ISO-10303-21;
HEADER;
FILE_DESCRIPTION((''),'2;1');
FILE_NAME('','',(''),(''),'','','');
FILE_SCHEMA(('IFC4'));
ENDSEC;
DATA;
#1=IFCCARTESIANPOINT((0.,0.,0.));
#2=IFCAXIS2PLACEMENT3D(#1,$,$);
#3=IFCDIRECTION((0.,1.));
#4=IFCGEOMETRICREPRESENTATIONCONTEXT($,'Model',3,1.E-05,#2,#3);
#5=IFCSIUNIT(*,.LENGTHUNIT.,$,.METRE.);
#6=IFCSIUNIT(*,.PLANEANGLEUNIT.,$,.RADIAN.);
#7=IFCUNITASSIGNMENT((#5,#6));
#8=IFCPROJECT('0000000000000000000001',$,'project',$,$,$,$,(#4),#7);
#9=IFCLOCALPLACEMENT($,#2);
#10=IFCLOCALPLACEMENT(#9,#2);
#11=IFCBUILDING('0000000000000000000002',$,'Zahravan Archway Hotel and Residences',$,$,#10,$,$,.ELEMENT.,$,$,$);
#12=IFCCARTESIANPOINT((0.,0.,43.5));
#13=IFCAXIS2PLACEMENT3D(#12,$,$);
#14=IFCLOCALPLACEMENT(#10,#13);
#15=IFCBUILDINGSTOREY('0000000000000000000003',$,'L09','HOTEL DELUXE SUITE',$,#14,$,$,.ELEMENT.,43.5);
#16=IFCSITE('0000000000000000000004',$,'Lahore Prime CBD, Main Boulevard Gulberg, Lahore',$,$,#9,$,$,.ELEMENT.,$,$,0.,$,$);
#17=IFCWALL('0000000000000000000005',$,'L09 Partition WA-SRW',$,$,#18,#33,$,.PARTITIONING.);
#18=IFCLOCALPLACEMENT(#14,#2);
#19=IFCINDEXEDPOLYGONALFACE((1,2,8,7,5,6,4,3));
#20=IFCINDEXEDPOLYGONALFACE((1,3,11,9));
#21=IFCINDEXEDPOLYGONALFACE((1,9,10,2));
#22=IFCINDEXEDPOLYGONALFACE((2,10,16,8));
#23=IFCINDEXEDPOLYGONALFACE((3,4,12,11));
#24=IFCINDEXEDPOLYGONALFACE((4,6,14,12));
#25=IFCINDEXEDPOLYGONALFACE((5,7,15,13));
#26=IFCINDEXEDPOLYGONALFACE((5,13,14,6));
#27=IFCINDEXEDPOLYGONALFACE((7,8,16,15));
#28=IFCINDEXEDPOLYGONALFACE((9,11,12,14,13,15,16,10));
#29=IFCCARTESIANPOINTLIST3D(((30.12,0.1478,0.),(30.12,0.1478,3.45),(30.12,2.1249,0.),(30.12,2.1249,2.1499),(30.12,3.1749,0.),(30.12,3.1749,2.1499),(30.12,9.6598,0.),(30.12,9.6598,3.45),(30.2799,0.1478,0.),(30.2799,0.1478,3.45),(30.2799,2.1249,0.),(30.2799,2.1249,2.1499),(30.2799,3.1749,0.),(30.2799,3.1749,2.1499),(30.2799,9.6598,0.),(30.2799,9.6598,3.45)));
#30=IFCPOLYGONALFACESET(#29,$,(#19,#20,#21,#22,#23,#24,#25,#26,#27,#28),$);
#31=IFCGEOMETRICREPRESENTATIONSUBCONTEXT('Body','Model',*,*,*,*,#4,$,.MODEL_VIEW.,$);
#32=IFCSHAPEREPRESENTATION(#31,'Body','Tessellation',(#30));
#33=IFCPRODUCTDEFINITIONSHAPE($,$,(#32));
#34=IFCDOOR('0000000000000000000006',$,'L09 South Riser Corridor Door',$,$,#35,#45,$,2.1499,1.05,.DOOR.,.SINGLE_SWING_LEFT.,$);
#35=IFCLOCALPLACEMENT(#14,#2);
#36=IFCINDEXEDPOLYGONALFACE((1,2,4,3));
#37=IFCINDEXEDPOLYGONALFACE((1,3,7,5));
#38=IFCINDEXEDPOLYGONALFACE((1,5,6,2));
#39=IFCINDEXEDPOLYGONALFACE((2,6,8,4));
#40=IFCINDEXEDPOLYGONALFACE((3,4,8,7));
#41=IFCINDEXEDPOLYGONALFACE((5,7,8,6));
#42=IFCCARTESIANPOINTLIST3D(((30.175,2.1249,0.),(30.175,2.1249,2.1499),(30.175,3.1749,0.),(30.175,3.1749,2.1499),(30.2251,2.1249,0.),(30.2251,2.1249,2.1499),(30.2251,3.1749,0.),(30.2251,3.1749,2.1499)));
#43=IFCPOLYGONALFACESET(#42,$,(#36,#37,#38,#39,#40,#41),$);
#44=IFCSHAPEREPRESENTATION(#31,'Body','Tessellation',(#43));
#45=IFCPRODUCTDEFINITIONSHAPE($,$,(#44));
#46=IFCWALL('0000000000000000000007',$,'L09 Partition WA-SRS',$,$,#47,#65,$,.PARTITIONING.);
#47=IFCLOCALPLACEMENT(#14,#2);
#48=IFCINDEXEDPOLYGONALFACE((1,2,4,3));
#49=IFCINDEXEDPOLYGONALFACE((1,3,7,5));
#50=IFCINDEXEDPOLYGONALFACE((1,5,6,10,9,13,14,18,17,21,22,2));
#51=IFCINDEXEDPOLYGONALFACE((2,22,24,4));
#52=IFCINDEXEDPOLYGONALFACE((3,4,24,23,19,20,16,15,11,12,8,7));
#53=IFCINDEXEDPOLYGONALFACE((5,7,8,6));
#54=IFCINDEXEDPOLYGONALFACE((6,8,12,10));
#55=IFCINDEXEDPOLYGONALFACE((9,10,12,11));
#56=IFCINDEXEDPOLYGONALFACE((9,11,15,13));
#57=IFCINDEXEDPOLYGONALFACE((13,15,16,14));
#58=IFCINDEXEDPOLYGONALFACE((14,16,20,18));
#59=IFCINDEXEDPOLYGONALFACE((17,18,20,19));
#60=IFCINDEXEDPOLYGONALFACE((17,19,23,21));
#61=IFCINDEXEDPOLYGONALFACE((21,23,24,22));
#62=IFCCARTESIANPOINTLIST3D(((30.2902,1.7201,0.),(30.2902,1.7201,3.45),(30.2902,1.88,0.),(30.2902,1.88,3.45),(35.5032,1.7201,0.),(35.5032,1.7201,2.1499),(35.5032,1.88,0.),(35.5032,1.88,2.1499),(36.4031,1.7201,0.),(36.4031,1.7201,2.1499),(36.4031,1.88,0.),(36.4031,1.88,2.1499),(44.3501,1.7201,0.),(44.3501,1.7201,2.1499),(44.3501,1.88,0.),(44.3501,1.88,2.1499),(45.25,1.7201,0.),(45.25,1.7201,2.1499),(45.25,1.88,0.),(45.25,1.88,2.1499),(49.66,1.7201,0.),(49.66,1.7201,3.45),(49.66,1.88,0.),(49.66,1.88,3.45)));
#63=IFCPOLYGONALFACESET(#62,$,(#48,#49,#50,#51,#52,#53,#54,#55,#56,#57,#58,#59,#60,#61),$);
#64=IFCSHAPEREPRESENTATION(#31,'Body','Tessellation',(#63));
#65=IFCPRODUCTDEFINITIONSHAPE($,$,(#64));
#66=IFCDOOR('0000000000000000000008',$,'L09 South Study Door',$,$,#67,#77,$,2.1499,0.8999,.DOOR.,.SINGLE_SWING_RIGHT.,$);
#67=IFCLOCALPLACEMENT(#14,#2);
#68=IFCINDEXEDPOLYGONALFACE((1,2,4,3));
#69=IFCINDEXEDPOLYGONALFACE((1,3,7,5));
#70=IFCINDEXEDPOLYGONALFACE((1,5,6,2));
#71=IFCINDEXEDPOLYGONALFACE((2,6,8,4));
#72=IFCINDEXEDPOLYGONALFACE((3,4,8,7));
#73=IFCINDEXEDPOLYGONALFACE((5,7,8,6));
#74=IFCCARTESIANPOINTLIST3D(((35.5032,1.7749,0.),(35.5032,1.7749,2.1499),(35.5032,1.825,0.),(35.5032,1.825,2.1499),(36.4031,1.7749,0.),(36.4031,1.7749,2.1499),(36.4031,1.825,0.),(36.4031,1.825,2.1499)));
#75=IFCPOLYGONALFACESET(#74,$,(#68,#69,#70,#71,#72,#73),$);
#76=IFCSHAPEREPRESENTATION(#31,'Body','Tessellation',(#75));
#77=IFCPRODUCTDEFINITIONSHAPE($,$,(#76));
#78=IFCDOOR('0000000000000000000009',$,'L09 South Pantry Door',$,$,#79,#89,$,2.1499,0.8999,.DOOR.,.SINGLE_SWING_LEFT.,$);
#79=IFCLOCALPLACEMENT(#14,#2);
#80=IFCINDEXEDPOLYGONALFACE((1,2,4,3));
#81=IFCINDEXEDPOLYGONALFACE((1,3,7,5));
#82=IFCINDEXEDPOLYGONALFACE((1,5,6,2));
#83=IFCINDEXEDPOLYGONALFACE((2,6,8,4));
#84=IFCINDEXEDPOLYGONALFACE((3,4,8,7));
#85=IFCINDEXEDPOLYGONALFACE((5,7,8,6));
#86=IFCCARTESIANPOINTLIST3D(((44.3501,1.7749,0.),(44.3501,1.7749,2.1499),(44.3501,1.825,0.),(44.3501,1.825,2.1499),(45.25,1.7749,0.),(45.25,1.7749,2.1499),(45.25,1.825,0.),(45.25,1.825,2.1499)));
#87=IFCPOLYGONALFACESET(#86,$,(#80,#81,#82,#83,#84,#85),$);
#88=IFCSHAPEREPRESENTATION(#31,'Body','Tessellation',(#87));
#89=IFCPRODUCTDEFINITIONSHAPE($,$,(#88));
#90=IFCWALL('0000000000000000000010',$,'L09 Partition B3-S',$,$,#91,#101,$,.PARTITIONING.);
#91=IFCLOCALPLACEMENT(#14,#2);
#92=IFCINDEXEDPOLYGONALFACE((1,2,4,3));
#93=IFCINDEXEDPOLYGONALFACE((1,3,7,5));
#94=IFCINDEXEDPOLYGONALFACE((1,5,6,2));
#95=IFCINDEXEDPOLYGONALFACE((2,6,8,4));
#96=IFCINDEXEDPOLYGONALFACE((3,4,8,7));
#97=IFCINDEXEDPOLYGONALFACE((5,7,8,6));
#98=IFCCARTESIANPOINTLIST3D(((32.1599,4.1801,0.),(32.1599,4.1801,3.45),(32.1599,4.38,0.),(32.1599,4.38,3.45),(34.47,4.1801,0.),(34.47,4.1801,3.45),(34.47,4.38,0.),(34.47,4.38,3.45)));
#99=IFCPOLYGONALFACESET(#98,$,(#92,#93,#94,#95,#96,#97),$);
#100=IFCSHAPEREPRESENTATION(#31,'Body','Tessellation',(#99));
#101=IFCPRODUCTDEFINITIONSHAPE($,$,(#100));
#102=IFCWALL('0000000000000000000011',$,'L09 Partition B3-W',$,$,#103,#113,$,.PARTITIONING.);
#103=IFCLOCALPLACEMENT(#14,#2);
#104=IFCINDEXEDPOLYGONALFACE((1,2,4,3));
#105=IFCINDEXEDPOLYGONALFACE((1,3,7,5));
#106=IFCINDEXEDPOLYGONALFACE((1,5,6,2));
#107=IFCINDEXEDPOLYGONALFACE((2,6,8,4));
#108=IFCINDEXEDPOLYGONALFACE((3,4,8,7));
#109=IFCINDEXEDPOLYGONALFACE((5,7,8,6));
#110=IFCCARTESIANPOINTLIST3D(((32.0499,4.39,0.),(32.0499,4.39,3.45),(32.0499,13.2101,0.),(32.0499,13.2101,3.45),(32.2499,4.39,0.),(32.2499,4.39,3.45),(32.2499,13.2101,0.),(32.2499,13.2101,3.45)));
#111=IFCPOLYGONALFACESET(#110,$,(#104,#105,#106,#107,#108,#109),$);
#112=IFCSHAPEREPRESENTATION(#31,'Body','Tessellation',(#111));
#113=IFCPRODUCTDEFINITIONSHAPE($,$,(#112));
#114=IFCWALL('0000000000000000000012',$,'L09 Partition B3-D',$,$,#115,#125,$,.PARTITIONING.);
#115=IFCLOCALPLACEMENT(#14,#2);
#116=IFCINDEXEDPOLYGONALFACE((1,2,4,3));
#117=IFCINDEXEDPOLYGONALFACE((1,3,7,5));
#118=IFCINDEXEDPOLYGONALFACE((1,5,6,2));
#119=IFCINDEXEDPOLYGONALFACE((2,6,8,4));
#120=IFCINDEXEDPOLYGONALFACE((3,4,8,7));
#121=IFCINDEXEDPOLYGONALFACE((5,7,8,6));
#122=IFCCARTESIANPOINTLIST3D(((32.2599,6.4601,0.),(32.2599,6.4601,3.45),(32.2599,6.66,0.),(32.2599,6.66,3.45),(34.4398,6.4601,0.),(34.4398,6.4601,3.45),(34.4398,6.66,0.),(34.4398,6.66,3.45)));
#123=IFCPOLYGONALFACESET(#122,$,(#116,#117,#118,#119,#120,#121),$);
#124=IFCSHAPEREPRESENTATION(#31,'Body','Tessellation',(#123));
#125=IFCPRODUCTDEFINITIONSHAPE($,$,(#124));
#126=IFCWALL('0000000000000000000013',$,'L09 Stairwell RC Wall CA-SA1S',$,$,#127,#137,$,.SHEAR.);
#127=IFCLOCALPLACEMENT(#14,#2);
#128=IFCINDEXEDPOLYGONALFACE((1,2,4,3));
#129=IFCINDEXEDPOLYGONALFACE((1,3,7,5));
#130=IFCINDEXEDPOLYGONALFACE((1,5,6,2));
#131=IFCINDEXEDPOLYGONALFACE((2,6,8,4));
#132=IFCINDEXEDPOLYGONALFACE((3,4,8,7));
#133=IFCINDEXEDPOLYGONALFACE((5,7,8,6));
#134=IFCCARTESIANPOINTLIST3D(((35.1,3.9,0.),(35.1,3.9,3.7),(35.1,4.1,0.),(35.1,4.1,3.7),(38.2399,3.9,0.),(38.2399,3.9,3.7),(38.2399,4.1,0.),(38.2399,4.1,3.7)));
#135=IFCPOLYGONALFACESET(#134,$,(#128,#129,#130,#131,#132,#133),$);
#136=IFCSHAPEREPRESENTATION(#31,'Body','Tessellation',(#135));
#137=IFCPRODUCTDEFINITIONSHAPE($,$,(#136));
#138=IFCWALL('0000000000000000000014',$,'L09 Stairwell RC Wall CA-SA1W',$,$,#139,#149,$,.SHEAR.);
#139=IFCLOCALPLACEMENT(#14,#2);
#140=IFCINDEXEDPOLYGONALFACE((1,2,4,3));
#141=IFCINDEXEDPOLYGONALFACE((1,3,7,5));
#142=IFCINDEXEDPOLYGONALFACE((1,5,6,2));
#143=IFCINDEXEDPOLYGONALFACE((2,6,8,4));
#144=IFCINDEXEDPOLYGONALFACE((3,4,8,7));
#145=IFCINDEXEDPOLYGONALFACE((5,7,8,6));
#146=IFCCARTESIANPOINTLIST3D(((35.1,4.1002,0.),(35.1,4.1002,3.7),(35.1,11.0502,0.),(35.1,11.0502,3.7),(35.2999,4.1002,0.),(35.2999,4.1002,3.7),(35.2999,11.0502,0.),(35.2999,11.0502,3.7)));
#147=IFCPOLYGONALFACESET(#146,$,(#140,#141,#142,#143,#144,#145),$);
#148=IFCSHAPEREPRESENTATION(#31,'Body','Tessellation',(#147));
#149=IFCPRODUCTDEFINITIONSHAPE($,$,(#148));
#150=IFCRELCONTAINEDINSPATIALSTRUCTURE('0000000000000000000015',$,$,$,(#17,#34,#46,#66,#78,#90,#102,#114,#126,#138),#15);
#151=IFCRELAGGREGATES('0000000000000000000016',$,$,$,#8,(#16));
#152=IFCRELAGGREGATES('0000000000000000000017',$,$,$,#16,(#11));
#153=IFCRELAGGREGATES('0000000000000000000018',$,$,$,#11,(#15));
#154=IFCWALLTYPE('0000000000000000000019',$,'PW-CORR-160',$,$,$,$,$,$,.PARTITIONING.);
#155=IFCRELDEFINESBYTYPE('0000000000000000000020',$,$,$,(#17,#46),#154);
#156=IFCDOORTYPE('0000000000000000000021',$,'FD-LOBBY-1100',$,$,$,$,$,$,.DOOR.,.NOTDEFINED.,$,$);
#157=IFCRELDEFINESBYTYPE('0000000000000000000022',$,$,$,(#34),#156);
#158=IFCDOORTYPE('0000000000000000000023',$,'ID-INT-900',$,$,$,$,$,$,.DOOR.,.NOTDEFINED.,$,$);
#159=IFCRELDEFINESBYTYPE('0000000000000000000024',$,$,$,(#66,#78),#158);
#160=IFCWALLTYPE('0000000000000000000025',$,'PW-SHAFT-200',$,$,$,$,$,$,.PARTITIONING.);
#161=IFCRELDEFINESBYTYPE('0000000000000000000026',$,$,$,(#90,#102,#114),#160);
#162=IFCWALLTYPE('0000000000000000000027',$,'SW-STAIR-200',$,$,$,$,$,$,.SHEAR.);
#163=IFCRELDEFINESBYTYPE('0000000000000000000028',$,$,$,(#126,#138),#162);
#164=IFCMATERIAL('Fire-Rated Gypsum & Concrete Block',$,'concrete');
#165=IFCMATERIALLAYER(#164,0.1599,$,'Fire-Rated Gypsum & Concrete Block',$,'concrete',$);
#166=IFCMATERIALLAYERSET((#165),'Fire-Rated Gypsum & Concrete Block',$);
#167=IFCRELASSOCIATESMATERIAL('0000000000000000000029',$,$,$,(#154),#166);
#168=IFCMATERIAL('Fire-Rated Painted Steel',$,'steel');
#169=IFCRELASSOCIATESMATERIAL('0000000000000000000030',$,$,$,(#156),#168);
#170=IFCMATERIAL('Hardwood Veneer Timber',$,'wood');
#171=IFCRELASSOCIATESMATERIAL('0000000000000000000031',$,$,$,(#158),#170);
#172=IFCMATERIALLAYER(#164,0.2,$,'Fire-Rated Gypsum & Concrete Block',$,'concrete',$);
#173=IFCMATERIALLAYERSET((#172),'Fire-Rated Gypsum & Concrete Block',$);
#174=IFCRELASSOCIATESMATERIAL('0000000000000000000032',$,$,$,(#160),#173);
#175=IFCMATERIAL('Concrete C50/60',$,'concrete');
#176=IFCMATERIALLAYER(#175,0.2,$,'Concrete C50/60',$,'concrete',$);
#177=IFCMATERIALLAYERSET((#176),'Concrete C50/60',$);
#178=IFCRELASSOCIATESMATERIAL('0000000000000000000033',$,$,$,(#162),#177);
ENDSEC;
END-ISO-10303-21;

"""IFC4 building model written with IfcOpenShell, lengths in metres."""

from ifc_helpers import new_model, si_unit, direction, frame, frame_2d, origin, place, context, subcontext, project, spatial, rectangle, extrude, source, transform, mapped, material, layer, layer_set, type_object, type_shapes, element, fill, save


model = new_model("IFC4")

# Units and contexts
model_context = context("Model", 3, precision=1e-05, world=origin(), true_north=direction((0.0, 1.0)))
body_context = subcontext(model_context, "Body", "Model", "MODEL_VIEW")
ifc_project = project(units=[si_unit("LENGTHUNIT", "METRE"), si_unit("PLANEANGLEUNIT", "RADIAN")], contexts=[model_context])

# Site, building, storey
site_placement = place(None, origin())
site = spatial("IfcSite", under=ifc_project, at=site_placement, Name="Lahore Prime CBD, Main Boulevard Gulberg, Lahore", CompositionType="ELEMENT", RefElevation=0.0)
building_placement = place(site_placement, origin())
building = spatial("IfcBuilding", under=site, at=building_placement, Name="Zahravan Archway Hotel and Residences", CompositionType="ELEMENT")
storey_placement = place(building_placement, frame((0.0, 0.0, 43.5)))
storey = spatial("IfcBuildingStorey", under=building, at=storey_placement, Name="L09", Description="HOTEL DELUXE SUITE", CompositionType="ELEMENT", Elevation=43.5)

# Shared definitions
ifc_material_1 = material(Name="Fire-Rated Painted Steel", Category="steel")

# Wall, opening, door
ifc_material_2 = material(Name="Fire-Rated Gypsum & Concrete Block", Category="concrete")
ifc_layer_1 = layer(ifc_material_2, 0.1599, Name="Fire-Rated Gypsum & Concrete Block", Category="concrete")
ifc_layer_set_1 = layer_set([ifc_layer_1], Name="Fire-Rated Gypsum & Concrete Block")
wall_type_1 = type_object("IfcWallType", Name="PW-CORR-160", PredefinedType="PARTITIONING", material=ifc_layer_set_1)
wall_1_placement = place(storey_placement, frame((30.2, 0.1479, 0.0), z_axis=(0.0, 0.0, 1.0), x_axis=(0.0, 1.0, 0.0)))
wall_1 = element("IfcWall", 1, at=wall_1_placement, inside=storey, type_object=wall_type_1, Name="L09 Partition WA-SRW", PredefinedType="PARTITIONING", context=body_context, shape_type="SweptSolid", body=[
    extrude(rectangle(XDim=9.512, YDim=0.1599, at=frame_2d((4.7559, 0.0))), origin(), (0.0, 0.0, 1.0), 3.45),
])
opening_1_placement = place(wall_1_placement, frame((1.9771, 0.0, 0.0)))
opening_1 = element("IfcOpeningElement", 2, at=opening_1_placement, cuts=wall_1, PredefinedType="OPENING", context=body_context, shape_type="SweptSolid", body=[
    extrude(rectangle(XDim=1.05, YDim=2.1499, at=frame_2d((0.5249, 1.075))), frame((0.0, 0.0898, 0.0), z_axis=(0.0, -1.0, 0.0), x_axis=(1.0, 0.0, 0.0)), (0.0, 0.0, 1.0), 0.1799),
])
door_type_1 = type_object("IfcDoorType", Name="FD-LOBBY-1100", OperationType="NOTDEFINED", PredefinedType="DOOR", material=ifc_material_1)
shared_shape_1 = source(origin(), body_context, "Body", "SweptSolid", [
    extrude(rectangle(XDim=1.05, YDim=2.1499, at=frame_2d((0.5249, 1.075))), frame((0.0, 0.0249, 0.0), z_axis=(0.0, -1.0, 0.0), x_axis=(1.0, 0.0, 0.0)), (0.0, 0.0, 1.0), 0.05),
])
type_shapes(door_type_1, [shared_shape_1])
door_1_placement = place(opening_1_placement, origin())
door_1 = element("IfcDoor", 3, at=door_1_placement, inside=storey, type_object=door_type_1, Name="L09 South Riser Corridor Door", OperationType="SINGLE_SWING_LEFT", OverallHeight=2.1499, OverallWidth=1.05, PredefinedType="DOOR", context=body_context, shape_type="MappedRepresentation", body=[
    mapped(shared_shape_1, transform((0.0, 0.0, 0.0), scale=1.0)),
])
fill(opening_1, door_1)

# Wall, openings, doors
wall_2_placement = place(storey_placement, frame((30.29, 1.8, 0.0), z_axis=(0.0, 0.0, 1.0), x_axis=(1.0, 0.0, 0.0)))
wall_2 = element("IfcWall", 4, at=wall_2_placement, inside=storey, type_object=wall_type_1, Name="L09 Partition WA-SRS", PredefinedType="PARTITIONING", context=body_context, shape_type="SweptSolid", body=[
    extrude(rectangle(XDim=19.3699, YDim=0.1599, at=frame_2d((9.6851, 0.0))), origin(), (0.0, 0.0, 1.0), 3.45),
])
opening_2_placement = place(wall_2_placement, frame((5.2131, 0.0, 0.0)))
opening_2 = element("IfcOpeningElement", 5, at=opening_2_placement, cuts=wall_2, PredefinedType="OPENING", context=body_context, shape_type="SweptSolid", body=[
    extrude(rectangle(XDim=0.8999, YDim=2.1499, at=frame_2d((0.45, 1.075))), frame((0.0, 0.0898, 0.0), z_axis=(0.0, -1.0, 0.0), x_axis=(1.0, 0.0, 0.0)), (0.0, 0.0, 1.0), 0.1799),
])
opening_3_placement = place(wall_2_placement, frame((14.0601, 0.0, 0.0)))
opening_3 = element("IfcOpeningElement", 6, at=opening_3_placement, cuts=wall_2, PredefinedType="OPENING", context=body_context, shape_type="SweptSolid", body=[
    extrude(rectangle(XDim=0.8999, YDim=2.1499, at=frame_2d((0.45, 1.075))), frame((0.0, 0.0898, 0.0), z_axis=(0.0, -1.0, 0.0), x_axis=(1.0, 0.0, 0.0)), (0.0, 0.0, 1.0), 0.1799),
])
ifc_material_3 = material(Name="Hardwood Veneer Timber", Category="wood")
door_type_2 = type_object("IfcDoorType", Name="ID-INT-900", OperationType="NOTDEFINED", PredefinedType="DOOR", material=ifc_material_3)
shared_shape_2 = source(origin(), body_context, "Body", "SweptSolid", [
    extrude(rectangle(XDim=0.8999, YDim=2.1499, at=frame_2d((0.45, 1.075))), frame((0.0, 0.0249, 0.0), z_axis=(0.0, -1.0, 0.0), x_axis=(1.0, 0.0, 0.0)), (0.0, 0.0, 1.0), 0.05),
])
type_shapes(door_type_2, [shared_shape_2])
door_2_placement = place(opening_2_placement, origin())
door_2 = element("IfcDoor", 7, at=door_2_placement, inside=storey, type_object=door_type_2, Name="L09 South Study Door", OperationType="SINGLE_SWING_RIGHT", OverallHeight=2.1499, OverallWidth=0.8999, PredefinedType="DOOR", context=body_context, shape_type="MappedRepresentation", body=[
    mapped(shared_shape_2, transform((0.0, 0.0, 0.0), scale=1.0)),
])
fill(opening_2, door_2)
door_3_placement = place(opening_3_placement, origin())
door_3 = element("IfcDoor", 8, at=door_3_placement, inside=storey, type_object=door_type_2, Name="L09 South Pantry Door", OperationType="SINGLE_SWING_LEFT", OverallHeight=2.1499, OverallWidth=0.8999, PredefinedType="DOOR", context=body_context, shape_type="MappedRepresentation", body=[
    mapped(shared_shape_2, transform((0.0, 0.0, 0.0), scale=1.0)),
])
fill(opening_3, door_3)

# Walls
ifc_layer_2 = layer(ifc_material_2, 0.2, Name="Fire-Rated Gypsum & Concrete Block", Category="concrete")
ifc_layer_set_2 = layer_set([ifc_layer_2], Name="Fire-Rated Gypsum & Concrete Block")
wall_type_2 = type_object("IfcWallType", Name="PW-SHAFT-200", PredefinedType="PARTITIONING", material=ifc_layer_set_2)
wall_3_placement = place(storey_placement, frame((32.1599, 4.28, 0.0), z_axis=(0.0, 0.0, 1.0), x_axis=(1.0, 0.0, 0.0)))
element("IfcWall", 9, at=wall_3_placement, inside=storey, type_object=wall_type_2, Name="L09 Partition B3-S", PredefinedType="PARTITIONING", context=body_context, shape_type="SweptSolid", body=[
    extrude(rectangle(XDim=2.3101, YDim=0.2, at=frame_2d((1.155, 0.0))), origin(), (0.0, 0.0, 1.0), 3.45),
])
wall_4_placement = place(storey_placement, frame((32.1499, 4.3899, 0.0), z_axis=(0.0, 0.0, 1.0), x_axis=(0.0, 1.0, 0.0)))
element("IfcWall", 10, at=wall_4_placement, inside=storey, type_object=wall_type_2, Name="L09 Partition B3-W", PredefinedType="PARTITIONING", context=body_context, shape_type="SweptSolid", body=[
    extrude(rectangle(XDim=8.8201, YDim=0.2, at=frame_2d((4.4102, 0.0))), origin(), (0.0, 0.0, 1.0), 3.45),
])
wall_5_placement = place(storey_placement, frame((32.26, 6.5601, 0.0), z_axis=(0.0, 0.0, 1.0), x_axis=(1.0, 0.0, 0.0)))
element("IfcWall", 11, at=wall_5_placement, inside=storey, type_object=wall_type_2, Name="L09 Partition B3-D", PredefinedType="PARTITIONING", context=body_context, shape_type="SweptSolid", body=[
    extrude(rectangle(XDim=2.1799, YDim=0.2, at=frame_2d((1.0898, 0.0))), origin(), (0.0, 0.0, 1.0), 3.45),
])
ifc_material_4 = material(Name="Concrete C50/60", Category="concrete")
ifc_layer_3 = layer(ifc_material_4, 0.2, Name="Concrete C50/60", Category="concrete")
ifc_layer_set_3 = layer_set([ifc_layer_3], Name="Concrete C50/60")
wall_type_3 = type_object("IfcWallType", Name="SW-STAIR-200", PredefinedType="SHEAR", material=ifc_layer_set_3)
wall_6_placement = place(storey_placement, frame((35.1001, 4.0, 0.0), z_axis=(0.0, 0.0, 1.0), x_axis=(1.0, 0.0, 0.0)))
element("IfcWall", 12, at=wall_6_placement, inside=storey, type_object=wall_type_3, Name="L09 Stairwell RC Wall CA-SA1S", PredefinedType="SHEAR", context=body_context, shape_type="SweptSolid", body=[
    extrude(rectangle(XDim=3.1399, YDim=0.2, at=frame_2d((1.5698, 0.0))), origin(), (0.0, 0.0, 1.0), 3.7),
])
wall_7_placement = place(storey_placement, frame((35.2, 4.1001, 0.0), z_axis=(0.0, 0.0, 1.0), x_axis=(0.0, 1.0, 0.0)))
element("IfcWall", 13, at=wall_7_placement, inside=storey, type_object=wall_type_3, Name="L09 Stairwell RC Wall CA-SA1W", PredefinedType="SHEAR", context=body_context, shape_type="SweptSolid", body=[
    extrude(rectangle(XDim=6.95, YDim=0.2, at=frame_2d((3.4751, 0.0))), origin(), (0.0, 0.0, 1.0), 3.7),
])

save(model, "model.ifc")
